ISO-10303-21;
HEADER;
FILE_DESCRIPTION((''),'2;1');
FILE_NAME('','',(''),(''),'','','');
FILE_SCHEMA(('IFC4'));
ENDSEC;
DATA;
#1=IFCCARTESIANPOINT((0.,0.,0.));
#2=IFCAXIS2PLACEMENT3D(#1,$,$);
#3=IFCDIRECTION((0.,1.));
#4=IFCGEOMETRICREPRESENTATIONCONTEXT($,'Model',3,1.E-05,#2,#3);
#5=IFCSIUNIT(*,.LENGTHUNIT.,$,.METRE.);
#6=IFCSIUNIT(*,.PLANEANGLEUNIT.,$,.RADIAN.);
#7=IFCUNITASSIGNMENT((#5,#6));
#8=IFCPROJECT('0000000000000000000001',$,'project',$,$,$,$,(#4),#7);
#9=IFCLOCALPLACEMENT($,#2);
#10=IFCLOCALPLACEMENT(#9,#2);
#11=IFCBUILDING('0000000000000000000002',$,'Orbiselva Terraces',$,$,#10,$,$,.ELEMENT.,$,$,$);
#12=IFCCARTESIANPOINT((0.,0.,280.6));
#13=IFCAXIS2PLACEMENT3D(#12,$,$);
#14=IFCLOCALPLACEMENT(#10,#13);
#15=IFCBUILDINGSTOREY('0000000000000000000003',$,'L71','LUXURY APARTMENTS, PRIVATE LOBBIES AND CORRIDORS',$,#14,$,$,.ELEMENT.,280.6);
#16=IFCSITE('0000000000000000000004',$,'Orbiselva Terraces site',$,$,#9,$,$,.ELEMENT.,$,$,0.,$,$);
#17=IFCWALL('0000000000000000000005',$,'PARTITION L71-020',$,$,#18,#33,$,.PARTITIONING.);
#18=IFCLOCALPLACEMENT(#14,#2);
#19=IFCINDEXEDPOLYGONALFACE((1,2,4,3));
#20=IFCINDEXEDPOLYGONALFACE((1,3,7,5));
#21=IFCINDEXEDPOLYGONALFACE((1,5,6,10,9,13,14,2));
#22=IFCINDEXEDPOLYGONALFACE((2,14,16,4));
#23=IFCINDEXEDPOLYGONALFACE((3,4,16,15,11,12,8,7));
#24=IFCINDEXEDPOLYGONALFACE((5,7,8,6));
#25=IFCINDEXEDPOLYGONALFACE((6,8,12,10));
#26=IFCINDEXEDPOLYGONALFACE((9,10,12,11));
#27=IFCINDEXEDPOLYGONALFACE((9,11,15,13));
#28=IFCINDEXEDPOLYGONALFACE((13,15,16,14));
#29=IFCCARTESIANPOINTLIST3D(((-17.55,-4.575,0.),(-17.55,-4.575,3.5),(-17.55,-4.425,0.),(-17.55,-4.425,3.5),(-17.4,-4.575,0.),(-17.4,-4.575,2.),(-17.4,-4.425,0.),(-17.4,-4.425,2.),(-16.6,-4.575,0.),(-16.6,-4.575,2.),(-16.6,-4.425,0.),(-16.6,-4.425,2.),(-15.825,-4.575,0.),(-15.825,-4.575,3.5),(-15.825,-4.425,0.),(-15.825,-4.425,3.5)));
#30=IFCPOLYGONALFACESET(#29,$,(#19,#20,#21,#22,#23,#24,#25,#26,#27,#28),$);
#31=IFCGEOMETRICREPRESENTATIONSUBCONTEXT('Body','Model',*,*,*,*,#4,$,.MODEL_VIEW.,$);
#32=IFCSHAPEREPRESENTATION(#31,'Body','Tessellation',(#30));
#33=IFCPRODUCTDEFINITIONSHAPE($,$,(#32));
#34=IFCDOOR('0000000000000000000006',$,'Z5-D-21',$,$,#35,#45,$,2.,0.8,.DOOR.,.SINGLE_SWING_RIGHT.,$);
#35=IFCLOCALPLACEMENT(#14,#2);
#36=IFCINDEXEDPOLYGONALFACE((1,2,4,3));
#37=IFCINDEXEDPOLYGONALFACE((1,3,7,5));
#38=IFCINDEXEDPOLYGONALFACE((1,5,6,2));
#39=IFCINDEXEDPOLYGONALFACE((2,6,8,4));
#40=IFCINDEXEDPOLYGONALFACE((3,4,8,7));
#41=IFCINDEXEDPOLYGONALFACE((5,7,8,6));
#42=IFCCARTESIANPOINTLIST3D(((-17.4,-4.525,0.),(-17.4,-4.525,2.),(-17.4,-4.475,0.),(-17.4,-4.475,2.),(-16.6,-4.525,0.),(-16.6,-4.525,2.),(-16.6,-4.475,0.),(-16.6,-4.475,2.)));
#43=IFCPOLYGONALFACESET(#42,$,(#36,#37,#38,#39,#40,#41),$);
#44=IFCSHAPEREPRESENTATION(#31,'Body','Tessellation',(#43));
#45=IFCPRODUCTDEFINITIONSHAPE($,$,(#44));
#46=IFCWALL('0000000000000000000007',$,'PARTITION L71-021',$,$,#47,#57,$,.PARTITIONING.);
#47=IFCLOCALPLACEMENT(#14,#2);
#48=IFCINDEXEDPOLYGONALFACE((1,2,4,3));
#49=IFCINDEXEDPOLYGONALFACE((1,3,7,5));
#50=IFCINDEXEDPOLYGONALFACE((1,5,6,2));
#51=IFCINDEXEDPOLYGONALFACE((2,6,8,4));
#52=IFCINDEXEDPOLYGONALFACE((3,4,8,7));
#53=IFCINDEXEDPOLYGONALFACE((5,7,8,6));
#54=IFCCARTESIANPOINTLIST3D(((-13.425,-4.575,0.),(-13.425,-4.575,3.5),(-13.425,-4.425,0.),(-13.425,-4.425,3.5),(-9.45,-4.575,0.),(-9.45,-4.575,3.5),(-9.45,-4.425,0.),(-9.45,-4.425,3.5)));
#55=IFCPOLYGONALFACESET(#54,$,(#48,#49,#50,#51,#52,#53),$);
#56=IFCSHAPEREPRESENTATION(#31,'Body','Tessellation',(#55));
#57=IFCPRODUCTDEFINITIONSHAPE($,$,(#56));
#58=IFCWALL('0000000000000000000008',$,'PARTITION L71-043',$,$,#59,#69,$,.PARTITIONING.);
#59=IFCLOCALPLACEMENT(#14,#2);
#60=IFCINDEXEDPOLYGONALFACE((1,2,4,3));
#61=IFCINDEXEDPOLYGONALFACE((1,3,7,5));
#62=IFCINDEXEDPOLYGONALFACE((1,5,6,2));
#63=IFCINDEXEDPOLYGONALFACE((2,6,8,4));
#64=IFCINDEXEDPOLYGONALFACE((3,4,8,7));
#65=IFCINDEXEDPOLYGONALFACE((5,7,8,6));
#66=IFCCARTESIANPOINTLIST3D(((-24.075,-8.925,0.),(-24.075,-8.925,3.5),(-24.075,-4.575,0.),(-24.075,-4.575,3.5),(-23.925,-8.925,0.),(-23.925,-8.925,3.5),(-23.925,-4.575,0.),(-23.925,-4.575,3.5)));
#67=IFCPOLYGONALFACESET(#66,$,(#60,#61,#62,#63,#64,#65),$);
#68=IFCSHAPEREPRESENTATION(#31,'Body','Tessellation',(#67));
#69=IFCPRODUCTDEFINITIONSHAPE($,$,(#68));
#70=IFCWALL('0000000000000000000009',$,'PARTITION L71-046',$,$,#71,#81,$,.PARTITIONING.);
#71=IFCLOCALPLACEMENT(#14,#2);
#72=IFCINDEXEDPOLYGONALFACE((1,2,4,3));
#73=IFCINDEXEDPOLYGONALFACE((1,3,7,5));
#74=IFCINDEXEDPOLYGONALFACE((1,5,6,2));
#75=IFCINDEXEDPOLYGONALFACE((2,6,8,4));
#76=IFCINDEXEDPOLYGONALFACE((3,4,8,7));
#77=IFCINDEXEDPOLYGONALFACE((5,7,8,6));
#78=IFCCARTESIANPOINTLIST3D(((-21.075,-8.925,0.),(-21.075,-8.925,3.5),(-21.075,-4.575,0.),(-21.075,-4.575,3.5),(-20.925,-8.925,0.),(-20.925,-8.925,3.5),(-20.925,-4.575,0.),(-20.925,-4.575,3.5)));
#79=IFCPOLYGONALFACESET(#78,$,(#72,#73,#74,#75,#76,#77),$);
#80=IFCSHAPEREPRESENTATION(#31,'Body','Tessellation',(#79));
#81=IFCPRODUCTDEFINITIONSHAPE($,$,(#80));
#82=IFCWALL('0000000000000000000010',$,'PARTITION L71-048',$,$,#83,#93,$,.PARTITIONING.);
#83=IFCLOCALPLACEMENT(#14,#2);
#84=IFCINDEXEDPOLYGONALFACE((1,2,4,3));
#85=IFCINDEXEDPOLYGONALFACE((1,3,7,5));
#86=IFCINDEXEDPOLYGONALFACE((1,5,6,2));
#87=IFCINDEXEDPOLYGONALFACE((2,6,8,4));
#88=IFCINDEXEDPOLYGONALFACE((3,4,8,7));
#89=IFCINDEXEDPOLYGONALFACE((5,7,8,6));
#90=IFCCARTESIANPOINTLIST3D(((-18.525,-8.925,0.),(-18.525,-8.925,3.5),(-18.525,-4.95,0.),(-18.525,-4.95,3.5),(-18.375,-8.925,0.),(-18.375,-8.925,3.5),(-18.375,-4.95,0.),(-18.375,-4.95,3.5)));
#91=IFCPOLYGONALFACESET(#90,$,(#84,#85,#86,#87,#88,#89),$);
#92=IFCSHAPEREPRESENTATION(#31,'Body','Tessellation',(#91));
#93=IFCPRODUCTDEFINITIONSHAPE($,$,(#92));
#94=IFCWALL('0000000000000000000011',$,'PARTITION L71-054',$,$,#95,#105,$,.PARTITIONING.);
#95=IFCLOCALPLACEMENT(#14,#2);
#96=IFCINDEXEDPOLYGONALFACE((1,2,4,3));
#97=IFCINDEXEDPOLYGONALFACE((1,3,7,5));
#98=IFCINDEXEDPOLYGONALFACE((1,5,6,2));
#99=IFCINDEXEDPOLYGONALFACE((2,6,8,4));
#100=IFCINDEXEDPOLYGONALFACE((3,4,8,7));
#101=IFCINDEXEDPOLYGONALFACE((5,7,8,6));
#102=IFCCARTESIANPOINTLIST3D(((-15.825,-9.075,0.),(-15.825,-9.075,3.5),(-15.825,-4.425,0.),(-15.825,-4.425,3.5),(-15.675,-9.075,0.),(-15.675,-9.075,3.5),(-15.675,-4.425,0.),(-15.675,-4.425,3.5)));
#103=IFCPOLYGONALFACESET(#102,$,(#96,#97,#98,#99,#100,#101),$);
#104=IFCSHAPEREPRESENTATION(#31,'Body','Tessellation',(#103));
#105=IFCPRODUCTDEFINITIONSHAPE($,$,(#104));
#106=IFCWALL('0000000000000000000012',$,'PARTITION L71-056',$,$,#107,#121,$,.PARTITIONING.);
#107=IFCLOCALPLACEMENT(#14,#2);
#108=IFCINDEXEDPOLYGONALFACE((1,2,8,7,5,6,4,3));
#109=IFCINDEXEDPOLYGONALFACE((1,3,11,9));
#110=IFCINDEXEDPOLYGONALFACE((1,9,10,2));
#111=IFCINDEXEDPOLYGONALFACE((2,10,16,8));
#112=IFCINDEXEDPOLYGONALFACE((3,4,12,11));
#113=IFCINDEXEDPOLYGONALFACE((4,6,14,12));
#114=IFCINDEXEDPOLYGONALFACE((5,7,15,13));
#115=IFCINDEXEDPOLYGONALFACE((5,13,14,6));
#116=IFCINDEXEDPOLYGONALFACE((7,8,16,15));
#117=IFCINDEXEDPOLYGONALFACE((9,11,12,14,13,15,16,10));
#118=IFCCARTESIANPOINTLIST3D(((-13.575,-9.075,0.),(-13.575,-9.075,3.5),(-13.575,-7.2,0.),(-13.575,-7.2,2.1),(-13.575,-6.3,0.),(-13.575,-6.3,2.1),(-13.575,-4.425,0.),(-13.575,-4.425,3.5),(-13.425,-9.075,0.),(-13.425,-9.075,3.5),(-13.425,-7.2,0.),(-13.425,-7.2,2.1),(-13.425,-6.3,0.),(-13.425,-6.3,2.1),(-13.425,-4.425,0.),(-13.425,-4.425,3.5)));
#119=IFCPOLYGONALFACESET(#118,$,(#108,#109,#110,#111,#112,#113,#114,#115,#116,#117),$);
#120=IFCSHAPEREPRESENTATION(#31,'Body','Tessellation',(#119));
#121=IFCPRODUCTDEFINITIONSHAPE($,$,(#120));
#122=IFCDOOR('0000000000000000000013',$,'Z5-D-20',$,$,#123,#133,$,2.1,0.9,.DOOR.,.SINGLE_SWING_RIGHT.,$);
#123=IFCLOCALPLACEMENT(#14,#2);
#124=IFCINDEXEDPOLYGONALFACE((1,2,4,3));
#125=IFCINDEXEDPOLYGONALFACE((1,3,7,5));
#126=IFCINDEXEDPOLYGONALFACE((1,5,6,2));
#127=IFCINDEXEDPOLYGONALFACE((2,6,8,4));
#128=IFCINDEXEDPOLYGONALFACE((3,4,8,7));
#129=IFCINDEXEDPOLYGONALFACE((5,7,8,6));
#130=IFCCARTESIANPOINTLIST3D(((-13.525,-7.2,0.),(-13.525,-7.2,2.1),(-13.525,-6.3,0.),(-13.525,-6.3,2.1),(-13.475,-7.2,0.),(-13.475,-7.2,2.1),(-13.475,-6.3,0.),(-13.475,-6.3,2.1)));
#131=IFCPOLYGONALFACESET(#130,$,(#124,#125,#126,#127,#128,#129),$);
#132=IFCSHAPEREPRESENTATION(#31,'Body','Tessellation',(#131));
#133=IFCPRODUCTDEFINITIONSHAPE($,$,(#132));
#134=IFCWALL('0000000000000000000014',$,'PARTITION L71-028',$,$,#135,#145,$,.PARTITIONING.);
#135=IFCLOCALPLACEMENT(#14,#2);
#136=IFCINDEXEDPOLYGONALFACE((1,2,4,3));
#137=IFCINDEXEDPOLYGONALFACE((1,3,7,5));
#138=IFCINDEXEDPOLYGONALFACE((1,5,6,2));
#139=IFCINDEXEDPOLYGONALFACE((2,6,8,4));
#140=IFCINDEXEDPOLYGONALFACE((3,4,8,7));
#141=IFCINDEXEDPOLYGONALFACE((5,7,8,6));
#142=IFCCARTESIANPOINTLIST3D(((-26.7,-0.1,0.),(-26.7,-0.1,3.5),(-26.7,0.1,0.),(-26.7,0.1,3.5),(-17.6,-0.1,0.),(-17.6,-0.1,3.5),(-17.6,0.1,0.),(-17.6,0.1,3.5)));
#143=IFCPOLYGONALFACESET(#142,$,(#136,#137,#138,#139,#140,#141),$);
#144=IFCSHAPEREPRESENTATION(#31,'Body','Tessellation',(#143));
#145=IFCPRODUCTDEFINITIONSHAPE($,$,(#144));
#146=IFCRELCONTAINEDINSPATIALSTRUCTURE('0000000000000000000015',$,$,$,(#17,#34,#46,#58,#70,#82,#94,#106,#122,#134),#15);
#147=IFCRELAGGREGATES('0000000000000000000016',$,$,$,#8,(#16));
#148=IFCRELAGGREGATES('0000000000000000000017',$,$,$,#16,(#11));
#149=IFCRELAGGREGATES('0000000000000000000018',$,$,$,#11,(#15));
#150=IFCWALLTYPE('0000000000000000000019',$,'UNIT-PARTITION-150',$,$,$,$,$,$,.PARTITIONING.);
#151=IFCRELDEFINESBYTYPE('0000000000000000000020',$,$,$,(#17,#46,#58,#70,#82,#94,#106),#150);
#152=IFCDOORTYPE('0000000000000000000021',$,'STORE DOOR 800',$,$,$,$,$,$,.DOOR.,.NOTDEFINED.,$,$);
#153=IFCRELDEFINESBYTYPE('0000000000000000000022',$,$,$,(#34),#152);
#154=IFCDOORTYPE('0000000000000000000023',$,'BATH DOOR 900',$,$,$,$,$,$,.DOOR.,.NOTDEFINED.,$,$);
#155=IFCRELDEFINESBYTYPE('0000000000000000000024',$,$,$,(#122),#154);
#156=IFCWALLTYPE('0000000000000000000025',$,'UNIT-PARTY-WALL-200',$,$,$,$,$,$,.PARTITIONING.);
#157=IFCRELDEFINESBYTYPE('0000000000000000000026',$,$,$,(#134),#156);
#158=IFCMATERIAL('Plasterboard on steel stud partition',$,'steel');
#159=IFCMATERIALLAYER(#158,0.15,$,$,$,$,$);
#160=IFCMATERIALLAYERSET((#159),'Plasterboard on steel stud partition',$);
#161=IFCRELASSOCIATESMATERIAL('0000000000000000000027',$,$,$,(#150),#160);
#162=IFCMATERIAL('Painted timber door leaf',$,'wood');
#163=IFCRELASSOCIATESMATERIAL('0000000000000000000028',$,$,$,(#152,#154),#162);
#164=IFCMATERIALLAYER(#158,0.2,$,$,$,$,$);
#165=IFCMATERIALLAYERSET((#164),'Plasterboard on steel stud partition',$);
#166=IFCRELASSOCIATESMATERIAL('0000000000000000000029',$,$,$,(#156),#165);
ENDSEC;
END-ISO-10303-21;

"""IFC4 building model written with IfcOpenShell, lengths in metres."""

from ifc_helpers import new_model, si_unit, direction, frame, frame_2d, origin, place, context, subcontext, project, spatial, rectangle, extrude, material, layer, layer_set, type_object, element, fill, save


model = new_model("IFC4")

# Units and contexts
model_context = context("Model", 3, precision=1e-05, world=origin(), true_north=direction((0.0, 1.0)))
body_context = subcontext(model_context, "Body", "Model", "MODEL_VIEW")
ifc_project = project(units=[si_unit("LENGTHUNIT", "METRE"), si_unit("PLANEANGLEUNIT", "RADIAN")], contexts=[model_context])

# Site, building, storey
site_placement = place(None, origin())
site = spatial("IfcSite", under=ifc_project, at=site_placement, Name="Orbiselva Terraces site", CompositionType="ELEMENT", RefElevation=0.0)
building_placement = place(site_placement, origin())
building = spatial("IfcBuilding", under=site, at=building_placement, Name="Orbiselva Terraces", CompositionType="ELEMENT")
storey_placement = place(building_placement, frame((0.0, 0.0, 280.6)))
storey = spatial("IfcBuildingStorey", under=building, at=storey_placement, Name="L71", Description="LUXURY APARTMENTS, PRIVATE LOBBIES AND CORRIDORS", CompositionType="ELEMENT", Elevation=280.6)

# Shared definitions
ifc_material_1 = material(Name="Plasterboard on steel stud partition", Category="steel")

# Shared definitions
ifc_layer_1 = layer(ifc_material_1, 0.15)
ifc_layer_set_1 = layer_set([ifc_layer_1], Name="Plasterboard on steel stud partition")
wall_type_1 = type_object("IfcWallType", Name="UNIT-PARTITION-150", PredefinedType="PARTITIONING", material=ifc_layer_set_1)
ifc_material_2 = material(Name="Painted timber door leaf", Category="wood")

# Shared definitions
door_type_1 = type_object("IfcDoorType", Name="STORE DOOR 800", OperationType="NOTDEFINED", PredefinedType="DOOR", material=ifc_material_2)

# Wall, opening, door
wall_1_placement = place(storey_placement, frame((-15.825, -4.5, 0.0), z_axis=(0.0, 0.0, 1.0), x_axis=(-1.0, 0.0, 0.0)))
wall_1 = element("IfcWall", 1, at=wall_1_placement, inside=storey, type_object=wall_type_1, Name="PARTITION L71-020", PredefinedType="PARTITIONING", context=body_context, shape_type="SweptSolid", body=[
    extrude(rectangle(XDim=1.725, YDim=0.15, at=frame_2d((0.8625, 0.0))), origin(), (0.0, 0.0, 1.0), 3.5),
])
opening_1_placement = place(wall_1_placement, frame((0.775, 0.0, 0.0)))
opening_1 = element("IfcOpeningElement", 2, at=opening_1_placement, cuts=wall_1, PredefinedType="OPENING", context=body_context, shape_type="SweptSolid", body=[
    extrude(rectangle(XDim=0.8, YDim=2.0, at=frame_2d((0.4, 1.0))), frame((0.0, 0.085, 0.0), z_axis=(0.0, -1.0, 0.0), x_axis=(1.0, 0.0, 0.0)), (0.0, 0.0, 1.0), 0.17),
])
door_1_placement = place(opening_1_placement, origin())
door_1 = element("IfcDoor", 3, at=door_1_placement, inside=storey, type_object=door_type_1, Name="Z5-D-21", OperationType="SINGLE_SWING_RIGHT", OverallHeight=2.0, OverallWidth=0.8, PredefinedType="DOOR", context=body_context, shape_type="SweptSolid", body=[
    extrude(rectangle(XDim=0.8, YDim=2.0, at=frame_2d((0.4, 1.0))), frame((0.0, 0.025, 0.0), z_axis=(0.0, -1.0, 0.0), x_axis=(1.0, 0.0, 0.0)), (0.0, 0.0, 1.0), 0.05),
])
fill(opening_1, door_1)

# Walls
wall_2_placement = place(storey_placement, frame((-13.425, -4.5, 0.0), z_axis=(0.0, 0.0, 1.0), x_axis=(1.0, 0.0, 0.0)))
element("IfcWall", 4, at=wall_2_placement, inside=storey, type_object=wall_type_1, Name="PARTITION L71-021", PredefinedType="PARTITIONING", context=body_context, shape_type="SweptSolid", body=[
    extrude(rectangle(XDim=3.975, YDim=0.15, at=frame_2d((1.9875, 0.0))), origin(), (0.0, 0.0, 1.0), 3.5),
])
for number, where, z_axis, x_axis, name in (
    (5, (-24.0, -8.925, 0.0), (0.0, 0.0, 1.0), (0.0, 1.0, 0.0), "PARTITION L71-043"),
    (6, (-21.0, -8.925, 0.0), (0.0, 0.0, 1.0), (0.0, 1.0, 0.0), "PARTITION L71-046"),
):
    element("IfcWall", number, at=place(storey_placement, frame(where, z_axis=z_axis, x_axis=x_axis)), inside=storey, type_object=wall_type_1, Name=name, PredefinedType="PARTITIONING", context=body_context, shape_type="SweptSolid", body=[
        extrude(rectangle(XDim=4.35, YDim=0.15, at=frame_2d((2.175, 0.0))), origin(), (0.0, 0.0, 1.0), 3.5),
    ])
wall_3_placement = place(storey_placement, frame((-18.45, -8.925, 0.0), z_axis=(0.0, 0.0, 1.0), x_axis=(0.0, 1.0, 0.0)))
element("IfcWall", 7, at=wall_3_placement, inside=storey, type_object=wall_type_1, Name="PARTITION L71-048", PredefinedType="PARTITIONING", context=body_context, shape_type="SweptSolid", body=[
    extrude(rectangle(XDim=3.975, YDim=0.15, at=frame_2d((1.9875, 0.0))), origin(), (0.0, 0.0, 1.0), 3.5),
])
wall_4_placement = place(storey_placement, frame((-15.75, -9.075, 0.0), z_axis=(0.0, 0.0, 1.0), x_axis=(0.0, 1.0, 0.0)))
element("IfcWall", 8, at=wall_4_placement, inside=storey, type_object=wall_type_1, Name="PARTITION L71-054", PredefinedType="PARTITIONING", context=body_context, shape_type="SweptSolid", body=[
    extrude(rectangle(XDim=4.65, YDim=0.15, at=frame_2d((2.325, 0.0))), origin(), (0.0, 0.0, 1.0), 3.5),
])

# Wall, opening, door
wall_5_placement = place(storey_placement, frame((-13.5, -4.425, 0.0), z_axis=(0.0, 0.0, 1.0), x_axis=(0.0, -1.0, 0.0)))
wall_5 = element("IfcWall", 9, at=wall_5_placement, inside=storey, type_object=wall_type_1, Name="PARTITION L71-056", PredefinedType="PARTITIONING", context=body_context, shape_type="SweptSolid", body=[
    extrude(rectangle(XDim=4.65, YDim=0.15, at=frame_2d((2.325, 0.0))), origin(), (0.0, 0.0, 1.0), 3.5),
])
opening_2_placement = place(wall_5_placement, frame((1.875, 0.0, 0.0)))
opening_2 = element("IfcOpeningElement", 10, at=opening_2_placement, cuts=wall_5, PredefinedType="OPENING", context=body_context, shape_type="SweptSolid", body=[
    extrude(rectangle(XDim=0.9, YDim=2.1, at=frame_2d((0.45, 1.05))), frame((0.0, 0.085, 0.0), z_axis=(0.0, -1.0, 0.0), x_axis=(1.0, 0.0, 0.0)), (0.0, 0.0, 1.0), 0.17),
])
door_type_2 = type_object("IfcDoorType", Name="BATH DOOR 900", OperationType="NOTDEFINED", PredefinedType="DOOR", material=ifc_material_2)
door_2_placement = place(opening_2_placement, origin())
door_2 = element("IfcDoor", 11, at=door_2_placement, inside=storey, type_object=door_type_2, Name="Z5-D-20", OperationType="SINGLE_SWING_RIGHT", OverallHeight=2.1, OverallWidth=0.9, PredefinedType="DOOR", context=body_context, shape_type="SweptSolid", body=[
    extrude(rectangle(XDim=0.9, YDim=2.1, at=frame_2d((0.45, 1.05))), frame((0.0, 0.025, 0.0), z_axis=(0.0, -1.0, 0.0), x_axis=(1.0, 0.0, 0.0)), (0.0, 0.0, 1.0), 0.05),
])
fill(opening_2, door_2)

# Wall
ifc_layer_2 = layer(ifc_material_1, 0.2)
ifc_layer_set_2 = layer_set([ifc_layer_2], Name="Plasterboard on steel stud partition")
wall_type_2 = type_object("IfcWallType", Name="UNIT-PARTY-WALL-200", PredefinedType="PARTITIONING", material=ifc_layer_set_2)
wall_6_placement = place(storey_placement, frame((-26.7, 0.0, 0.0), z_axis=(0.0, 0.0, 1.0), x_axis=(1.0, 0.0, 0.0)))
element("IfcWall", 12, at=wall_6_placement, inside=storey, type_object=wall_type_2, Name="PARTITION L71-028", PredefinedType="PARTITIONING", context=body_context, shape_type="SweptSolid", body=[
    extrude(rectangle(XDim=9.1, YDim=0.2, at=frame_2d((4.55, 0.0))), origin(), (0.0, 0.0, 1.0), 3.5),
])

save(model, "model.ifc")
